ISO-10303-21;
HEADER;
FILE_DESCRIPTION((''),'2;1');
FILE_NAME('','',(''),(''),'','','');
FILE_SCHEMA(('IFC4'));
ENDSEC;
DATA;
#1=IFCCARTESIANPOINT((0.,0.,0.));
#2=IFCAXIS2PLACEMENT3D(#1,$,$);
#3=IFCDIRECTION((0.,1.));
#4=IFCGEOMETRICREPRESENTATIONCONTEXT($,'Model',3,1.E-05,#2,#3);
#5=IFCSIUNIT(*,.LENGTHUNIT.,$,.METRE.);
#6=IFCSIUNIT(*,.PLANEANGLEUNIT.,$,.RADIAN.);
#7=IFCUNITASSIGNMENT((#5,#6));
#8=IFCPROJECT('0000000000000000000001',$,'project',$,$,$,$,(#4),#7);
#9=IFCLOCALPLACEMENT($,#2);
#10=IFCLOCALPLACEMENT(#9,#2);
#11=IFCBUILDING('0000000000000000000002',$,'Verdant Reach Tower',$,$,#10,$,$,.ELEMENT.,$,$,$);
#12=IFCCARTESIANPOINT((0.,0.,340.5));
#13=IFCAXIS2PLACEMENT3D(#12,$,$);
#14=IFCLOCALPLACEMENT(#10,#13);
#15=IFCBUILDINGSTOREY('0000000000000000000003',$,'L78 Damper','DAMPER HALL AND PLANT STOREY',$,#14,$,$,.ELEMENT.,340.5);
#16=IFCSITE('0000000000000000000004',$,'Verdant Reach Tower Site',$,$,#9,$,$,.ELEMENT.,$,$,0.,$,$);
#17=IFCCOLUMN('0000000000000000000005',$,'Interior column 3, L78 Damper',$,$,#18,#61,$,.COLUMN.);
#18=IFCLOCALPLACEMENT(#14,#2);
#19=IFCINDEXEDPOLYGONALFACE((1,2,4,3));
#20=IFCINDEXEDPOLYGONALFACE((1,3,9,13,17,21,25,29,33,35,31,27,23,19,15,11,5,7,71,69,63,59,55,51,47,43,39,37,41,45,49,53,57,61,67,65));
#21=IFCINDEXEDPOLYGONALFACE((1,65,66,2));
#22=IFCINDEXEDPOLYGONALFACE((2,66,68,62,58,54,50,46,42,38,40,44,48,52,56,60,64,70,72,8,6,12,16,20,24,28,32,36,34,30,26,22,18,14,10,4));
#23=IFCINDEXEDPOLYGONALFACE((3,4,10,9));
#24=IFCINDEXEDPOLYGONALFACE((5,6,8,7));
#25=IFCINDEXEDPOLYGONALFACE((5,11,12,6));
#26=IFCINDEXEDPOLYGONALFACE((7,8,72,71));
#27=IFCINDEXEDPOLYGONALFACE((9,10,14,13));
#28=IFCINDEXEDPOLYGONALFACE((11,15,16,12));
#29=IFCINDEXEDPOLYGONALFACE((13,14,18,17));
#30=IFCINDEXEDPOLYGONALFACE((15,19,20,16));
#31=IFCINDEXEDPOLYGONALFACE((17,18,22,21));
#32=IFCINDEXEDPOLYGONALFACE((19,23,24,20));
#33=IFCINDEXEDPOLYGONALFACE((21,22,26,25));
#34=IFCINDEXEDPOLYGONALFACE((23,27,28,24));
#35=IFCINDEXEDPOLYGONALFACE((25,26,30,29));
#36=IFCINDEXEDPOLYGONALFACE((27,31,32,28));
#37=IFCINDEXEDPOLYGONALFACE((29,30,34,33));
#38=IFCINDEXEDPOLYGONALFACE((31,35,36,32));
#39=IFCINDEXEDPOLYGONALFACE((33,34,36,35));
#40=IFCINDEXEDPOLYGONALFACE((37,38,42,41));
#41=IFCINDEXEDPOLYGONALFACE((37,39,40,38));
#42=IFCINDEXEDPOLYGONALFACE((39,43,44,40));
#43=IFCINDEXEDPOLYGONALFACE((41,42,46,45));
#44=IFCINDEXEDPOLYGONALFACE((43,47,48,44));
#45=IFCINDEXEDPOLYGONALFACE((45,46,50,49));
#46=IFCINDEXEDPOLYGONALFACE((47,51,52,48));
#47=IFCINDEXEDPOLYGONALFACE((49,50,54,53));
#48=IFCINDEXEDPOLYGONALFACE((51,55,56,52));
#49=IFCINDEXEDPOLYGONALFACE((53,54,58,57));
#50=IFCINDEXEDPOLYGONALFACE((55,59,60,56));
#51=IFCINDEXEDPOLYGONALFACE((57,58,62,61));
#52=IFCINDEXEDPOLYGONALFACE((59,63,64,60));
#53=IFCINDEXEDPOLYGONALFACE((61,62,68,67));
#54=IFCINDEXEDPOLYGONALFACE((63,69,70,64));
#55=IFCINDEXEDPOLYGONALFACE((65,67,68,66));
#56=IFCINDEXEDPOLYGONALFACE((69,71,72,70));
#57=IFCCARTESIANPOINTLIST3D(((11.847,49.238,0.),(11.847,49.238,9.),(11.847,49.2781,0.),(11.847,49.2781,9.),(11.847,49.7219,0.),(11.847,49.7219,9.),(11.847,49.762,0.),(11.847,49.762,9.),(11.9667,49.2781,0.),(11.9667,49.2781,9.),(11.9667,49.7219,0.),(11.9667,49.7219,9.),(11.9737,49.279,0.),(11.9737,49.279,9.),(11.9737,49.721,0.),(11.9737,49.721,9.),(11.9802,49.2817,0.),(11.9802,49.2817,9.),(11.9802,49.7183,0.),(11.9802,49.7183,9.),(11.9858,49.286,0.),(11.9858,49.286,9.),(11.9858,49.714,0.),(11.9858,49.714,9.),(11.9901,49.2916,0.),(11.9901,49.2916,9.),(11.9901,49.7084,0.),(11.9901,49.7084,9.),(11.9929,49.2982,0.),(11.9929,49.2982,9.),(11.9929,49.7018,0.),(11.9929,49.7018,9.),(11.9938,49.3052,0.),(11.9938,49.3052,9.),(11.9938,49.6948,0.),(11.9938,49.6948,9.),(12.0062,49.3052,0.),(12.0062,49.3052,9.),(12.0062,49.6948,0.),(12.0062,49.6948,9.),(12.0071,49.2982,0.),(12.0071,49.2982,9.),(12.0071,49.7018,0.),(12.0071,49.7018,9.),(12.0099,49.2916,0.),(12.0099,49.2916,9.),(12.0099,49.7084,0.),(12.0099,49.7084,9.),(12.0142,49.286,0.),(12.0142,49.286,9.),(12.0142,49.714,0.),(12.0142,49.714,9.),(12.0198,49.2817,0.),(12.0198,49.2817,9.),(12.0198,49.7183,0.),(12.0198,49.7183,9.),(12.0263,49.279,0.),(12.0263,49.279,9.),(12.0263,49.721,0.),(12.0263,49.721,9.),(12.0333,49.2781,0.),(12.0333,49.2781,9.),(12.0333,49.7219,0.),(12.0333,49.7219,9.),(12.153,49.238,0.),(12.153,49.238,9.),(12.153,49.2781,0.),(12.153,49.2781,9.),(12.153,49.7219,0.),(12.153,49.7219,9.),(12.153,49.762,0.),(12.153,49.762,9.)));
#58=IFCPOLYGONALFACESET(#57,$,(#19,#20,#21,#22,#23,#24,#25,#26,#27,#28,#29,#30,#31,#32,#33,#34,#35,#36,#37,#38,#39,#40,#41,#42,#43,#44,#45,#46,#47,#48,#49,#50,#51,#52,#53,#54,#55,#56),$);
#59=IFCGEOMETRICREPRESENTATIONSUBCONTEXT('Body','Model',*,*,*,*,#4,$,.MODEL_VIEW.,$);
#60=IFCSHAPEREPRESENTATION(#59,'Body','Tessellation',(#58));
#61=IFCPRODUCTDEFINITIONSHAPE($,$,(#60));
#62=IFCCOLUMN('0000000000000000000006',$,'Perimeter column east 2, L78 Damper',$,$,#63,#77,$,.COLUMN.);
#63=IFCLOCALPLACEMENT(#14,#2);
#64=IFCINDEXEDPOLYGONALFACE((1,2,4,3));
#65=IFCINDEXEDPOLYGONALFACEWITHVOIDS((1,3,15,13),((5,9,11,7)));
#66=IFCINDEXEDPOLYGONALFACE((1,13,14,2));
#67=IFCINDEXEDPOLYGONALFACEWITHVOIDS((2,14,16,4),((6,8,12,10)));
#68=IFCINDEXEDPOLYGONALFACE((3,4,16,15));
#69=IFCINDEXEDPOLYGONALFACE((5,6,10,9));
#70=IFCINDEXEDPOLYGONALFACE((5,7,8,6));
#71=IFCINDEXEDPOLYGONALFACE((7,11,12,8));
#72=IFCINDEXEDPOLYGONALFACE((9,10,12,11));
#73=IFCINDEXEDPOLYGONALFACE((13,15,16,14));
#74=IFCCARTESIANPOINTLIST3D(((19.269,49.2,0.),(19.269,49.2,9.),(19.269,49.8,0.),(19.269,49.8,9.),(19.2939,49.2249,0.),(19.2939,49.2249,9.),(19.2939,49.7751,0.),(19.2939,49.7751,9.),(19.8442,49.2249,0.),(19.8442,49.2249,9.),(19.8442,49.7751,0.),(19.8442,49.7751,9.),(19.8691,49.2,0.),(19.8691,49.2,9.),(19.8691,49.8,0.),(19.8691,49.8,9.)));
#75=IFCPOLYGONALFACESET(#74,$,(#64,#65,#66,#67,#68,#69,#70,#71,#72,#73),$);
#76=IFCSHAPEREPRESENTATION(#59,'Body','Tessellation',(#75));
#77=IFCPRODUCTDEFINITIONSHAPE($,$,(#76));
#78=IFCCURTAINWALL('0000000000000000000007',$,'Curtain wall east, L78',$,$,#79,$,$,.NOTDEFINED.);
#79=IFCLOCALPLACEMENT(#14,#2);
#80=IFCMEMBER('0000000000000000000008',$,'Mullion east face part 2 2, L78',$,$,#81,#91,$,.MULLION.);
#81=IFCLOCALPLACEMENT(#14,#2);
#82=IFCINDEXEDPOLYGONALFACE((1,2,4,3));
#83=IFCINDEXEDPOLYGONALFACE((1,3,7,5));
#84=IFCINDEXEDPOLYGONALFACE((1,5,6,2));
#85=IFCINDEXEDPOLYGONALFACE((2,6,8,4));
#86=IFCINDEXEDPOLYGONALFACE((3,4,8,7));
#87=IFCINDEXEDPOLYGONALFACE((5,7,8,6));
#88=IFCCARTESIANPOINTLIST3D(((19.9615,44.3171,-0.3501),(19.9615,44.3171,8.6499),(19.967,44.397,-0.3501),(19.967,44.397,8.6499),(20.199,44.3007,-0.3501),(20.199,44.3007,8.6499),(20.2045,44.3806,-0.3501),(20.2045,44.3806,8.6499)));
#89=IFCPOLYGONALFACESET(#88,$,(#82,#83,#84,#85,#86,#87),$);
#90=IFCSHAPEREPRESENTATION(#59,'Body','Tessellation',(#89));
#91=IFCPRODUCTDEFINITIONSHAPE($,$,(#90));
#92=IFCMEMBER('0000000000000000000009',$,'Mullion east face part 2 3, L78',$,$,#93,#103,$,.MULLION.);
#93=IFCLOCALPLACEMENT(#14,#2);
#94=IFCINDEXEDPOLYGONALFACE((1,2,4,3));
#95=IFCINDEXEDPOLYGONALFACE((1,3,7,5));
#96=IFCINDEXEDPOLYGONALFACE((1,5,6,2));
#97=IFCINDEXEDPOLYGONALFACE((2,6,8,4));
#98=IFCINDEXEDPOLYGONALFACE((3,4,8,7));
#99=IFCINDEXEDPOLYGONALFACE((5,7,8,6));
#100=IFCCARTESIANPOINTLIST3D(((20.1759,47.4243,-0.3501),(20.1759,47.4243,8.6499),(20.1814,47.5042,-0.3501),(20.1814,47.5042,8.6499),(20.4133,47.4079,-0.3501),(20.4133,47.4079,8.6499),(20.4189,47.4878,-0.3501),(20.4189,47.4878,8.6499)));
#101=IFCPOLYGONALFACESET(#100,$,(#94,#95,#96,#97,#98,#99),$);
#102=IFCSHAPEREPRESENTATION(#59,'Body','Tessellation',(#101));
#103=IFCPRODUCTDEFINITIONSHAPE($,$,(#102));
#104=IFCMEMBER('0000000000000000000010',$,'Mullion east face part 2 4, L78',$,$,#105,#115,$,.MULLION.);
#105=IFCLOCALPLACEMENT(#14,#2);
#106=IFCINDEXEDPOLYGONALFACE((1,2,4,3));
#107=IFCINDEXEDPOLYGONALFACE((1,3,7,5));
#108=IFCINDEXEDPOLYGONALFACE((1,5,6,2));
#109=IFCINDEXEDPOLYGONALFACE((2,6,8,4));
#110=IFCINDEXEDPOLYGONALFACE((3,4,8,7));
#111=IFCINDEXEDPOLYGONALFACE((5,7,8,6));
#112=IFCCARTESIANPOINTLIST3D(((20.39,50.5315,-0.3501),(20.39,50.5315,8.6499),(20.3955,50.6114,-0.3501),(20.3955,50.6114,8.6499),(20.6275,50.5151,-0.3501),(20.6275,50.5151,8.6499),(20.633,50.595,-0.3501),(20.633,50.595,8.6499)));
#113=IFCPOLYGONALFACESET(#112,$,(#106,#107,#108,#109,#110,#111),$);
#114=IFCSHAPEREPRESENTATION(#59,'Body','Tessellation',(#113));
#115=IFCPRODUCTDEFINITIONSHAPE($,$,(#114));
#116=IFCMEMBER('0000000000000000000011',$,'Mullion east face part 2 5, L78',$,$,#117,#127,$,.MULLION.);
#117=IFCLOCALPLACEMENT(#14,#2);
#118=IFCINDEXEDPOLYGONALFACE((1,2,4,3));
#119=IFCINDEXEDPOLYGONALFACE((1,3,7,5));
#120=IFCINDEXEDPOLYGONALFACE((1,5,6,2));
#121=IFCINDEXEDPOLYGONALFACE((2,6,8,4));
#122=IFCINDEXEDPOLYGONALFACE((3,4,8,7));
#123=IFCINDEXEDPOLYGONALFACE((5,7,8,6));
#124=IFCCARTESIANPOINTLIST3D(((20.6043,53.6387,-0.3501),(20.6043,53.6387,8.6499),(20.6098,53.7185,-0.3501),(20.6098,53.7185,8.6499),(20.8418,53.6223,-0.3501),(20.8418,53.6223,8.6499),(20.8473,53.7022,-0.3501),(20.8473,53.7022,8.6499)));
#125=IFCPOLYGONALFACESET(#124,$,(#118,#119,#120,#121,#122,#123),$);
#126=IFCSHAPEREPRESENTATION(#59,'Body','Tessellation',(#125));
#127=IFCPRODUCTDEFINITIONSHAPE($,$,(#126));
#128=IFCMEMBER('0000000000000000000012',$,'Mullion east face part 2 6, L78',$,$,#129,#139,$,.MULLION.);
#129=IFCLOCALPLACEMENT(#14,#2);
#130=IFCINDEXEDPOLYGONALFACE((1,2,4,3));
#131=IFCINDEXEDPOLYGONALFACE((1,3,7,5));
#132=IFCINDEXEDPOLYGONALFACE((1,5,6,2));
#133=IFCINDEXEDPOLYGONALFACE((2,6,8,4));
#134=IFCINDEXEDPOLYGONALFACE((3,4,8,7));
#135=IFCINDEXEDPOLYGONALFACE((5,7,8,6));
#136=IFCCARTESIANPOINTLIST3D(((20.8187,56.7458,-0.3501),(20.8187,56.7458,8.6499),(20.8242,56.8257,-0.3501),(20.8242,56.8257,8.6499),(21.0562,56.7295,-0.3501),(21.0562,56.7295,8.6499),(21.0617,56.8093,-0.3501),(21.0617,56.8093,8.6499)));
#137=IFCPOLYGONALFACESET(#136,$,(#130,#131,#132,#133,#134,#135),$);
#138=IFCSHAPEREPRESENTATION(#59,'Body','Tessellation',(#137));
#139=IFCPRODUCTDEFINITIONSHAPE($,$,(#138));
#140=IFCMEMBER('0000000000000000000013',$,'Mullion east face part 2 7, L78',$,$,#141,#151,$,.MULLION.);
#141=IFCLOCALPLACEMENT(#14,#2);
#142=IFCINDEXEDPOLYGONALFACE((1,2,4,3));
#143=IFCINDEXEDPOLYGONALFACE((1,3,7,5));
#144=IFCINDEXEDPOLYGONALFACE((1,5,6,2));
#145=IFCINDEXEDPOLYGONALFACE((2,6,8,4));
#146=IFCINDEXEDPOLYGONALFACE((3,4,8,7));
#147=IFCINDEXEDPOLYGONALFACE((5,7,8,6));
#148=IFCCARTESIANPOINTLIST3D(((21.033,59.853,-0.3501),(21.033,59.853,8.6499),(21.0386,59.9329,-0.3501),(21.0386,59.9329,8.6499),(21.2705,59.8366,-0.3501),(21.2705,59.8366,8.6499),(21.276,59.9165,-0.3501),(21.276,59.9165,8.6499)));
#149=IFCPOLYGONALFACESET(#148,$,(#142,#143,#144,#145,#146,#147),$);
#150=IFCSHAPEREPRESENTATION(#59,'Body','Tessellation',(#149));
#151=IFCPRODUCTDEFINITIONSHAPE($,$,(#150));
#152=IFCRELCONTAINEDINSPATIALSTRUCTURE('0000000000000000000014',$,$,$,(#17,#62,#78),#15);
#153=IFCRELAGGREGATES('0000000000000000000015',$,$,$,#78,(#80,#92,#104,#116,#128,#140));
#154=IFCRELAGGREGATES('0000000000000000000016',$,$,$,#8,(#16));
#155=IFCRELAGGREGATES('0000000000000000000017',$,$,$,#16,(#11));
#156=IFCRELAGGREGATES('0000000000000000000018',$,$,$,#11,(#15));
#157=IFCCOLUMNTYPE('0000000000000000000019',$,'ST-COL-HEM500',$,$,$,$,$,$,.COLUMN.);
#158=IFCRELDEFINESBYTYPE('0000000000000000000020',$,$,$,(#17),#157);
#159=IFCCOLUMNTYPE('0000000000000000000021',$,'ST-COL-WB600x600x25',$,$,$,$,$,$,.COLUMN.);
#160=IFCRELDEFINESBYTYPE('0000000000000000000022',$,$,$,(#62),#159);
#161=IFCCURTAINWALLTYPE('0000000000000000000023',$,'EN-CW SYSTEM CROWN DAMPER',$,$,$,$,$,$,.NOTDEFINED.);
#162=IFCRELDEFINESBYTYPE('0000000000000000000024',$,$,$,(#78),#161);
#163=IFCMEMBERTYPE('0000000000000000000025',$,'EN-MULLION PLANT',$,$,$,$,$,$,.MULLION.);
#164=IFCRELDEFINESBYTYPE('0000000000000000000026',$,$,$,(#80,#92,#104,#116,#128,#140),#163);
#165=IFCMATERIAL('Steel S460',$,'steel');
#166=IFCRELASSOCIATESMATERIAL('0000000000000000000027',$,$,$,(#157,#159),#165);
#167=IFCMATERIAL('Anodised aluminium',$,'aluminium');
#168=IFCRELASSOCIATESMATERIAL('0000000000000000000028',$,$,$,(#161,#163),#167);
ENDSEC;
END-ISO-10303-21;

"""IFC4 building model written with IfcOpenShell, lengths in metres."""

from ifc_helpers import new_model, si_unit, direction, frame, origin, origin_2d, place, context, subcontext, project, spatial, rectangle, hollow_rectangle, i_section, extrude, material, material_profile, profile_set, type_object, element, aggregate, save


model = new_model("IFC4")

# Units and contexts
model_context = context("Model", 3, precision=1e-05, world=origin(), true_north=direction((0.0, 1.0)))
body_context = subcontext(model_context, "Body", "Model", "MODEL_VIEW")
ifc_project = project(units=[si_unit("LENGTHUNIT", "METRE"), si_unit("PLANEANGLEUNIT", "RADIAN")], contexts=[model_context])

# Site, building, storey
site_placement = place(None, origin())
site = spatial("IfcSite", under=ifc_project, at=site_placement, Name="Verdant Reach Tower Site", CompositionType="ELEMENT", RefElevation=0.0)
building_placement = place(site_placement, origin())
building = spatial("IfcBuilding", under=site, at=building_placement, Name="Verdant Reach Tower", CompositionType="ELEMENT")
storey_placement = place(building_placement, frame((0.0, 0.0, 340.5)))
storey = spatial("IfcBuildingStorey", under=building, at=storey_placement, Name="L78 Damper", Description="DAMPER HALL AND PLANT STOREY", CompositionType="ELEMENT", Elevation=340.5)

# Columns
ifc_material_1 = material(Name="Steel S460", Category="steel")
ifc_material_profile_1 = material_profile(ifc_material_1, i_section(OverallWidth=0.3059, OverallDepth=0.5239, WebThickness=0.0125, FlangeThickness=0.04, FilletRadius=0.0271, at=origin_2d()), Name="HEM 500")
ifc_profile_set_1 = profile_set([ifc_material_profile_1], Name="Steel S460")
column_type_1 = type_object("IfcColumnType", Name="ST-COL-HEM500", PredefinedType="COLUMN", material=ifc_profile_set_1)
column_1_placement = place(storey_placement, frame((12.0, 49.5, 0.0), z_axis=(0.0, 0.0, 1.0), x_axis=(1.0, 0.0, 0.0)))
element("IfcColumn", 1, at=column_1_placement, inside=storey, type_object=column_type_1, Name="Interior column 3, L78 Damper", PredefinedType="COLUMN", context=body_context, shape_type="SweptSolid", body=[
    extrude(i_section(OverallWidth=0.3059, OverallDepth=0.5239, WebThickness=0.0125, FlangeThickness=0.04, FilletRadius=0.0271, at=origin_2d()), origin(), (0.0, 0.0, 1.0), 9.0),
])
ifc_material_profile_2 = material_profile(ifc_material_1, hollow_rectangle(XDim=0.6001, YDim=0.6001, WallThickness=0.0249, at=origin_2d()), Name="WB 600x600x25")
ifc_profile_set_2 = profile_set([ifc_material_profile_2], Name="Steel S460")
column_type_2 = type_object("IfcColumnType", Name="ST-COL-WB600x600x25", PredefinedType="COLUMN", material=ifc_profile_set_2)
column_2_placement = place(storey_placement, frame((19.5691, 49.5, 0.0), z_axis=(0.0, 0.0, 1.0), x_axis=(1.0, 0.0, 0.0)))
element("IfcColumn", 2, at=column_2_placement, inside=storey, type_object=column_type_2, Name="Perimeter column east 2, L78 Damper", PredefinedType="COLUMN", context=body_context, shape_type="SweptSolid", body=[
    extrude(hollow_rectangle(XDim=0.6001, YDim=0.6001, WallThickness=0.0249, at=origin_2d()), origin(), (0.0, 0.0, 1.0), 9.0),
])

# Curtain wall, members
ifc_material_2 = material(Name="Anodised aluminium", Category="aluminium")
curtain_wall_type = type_object("IfcCurtainWallType", Name="EN-CW SYSTEM CROWN DAMPER", PredefinedType="NOTDEFINED", material=ifc_material_2)
curtain_wall_placement = place(storey_placement, origin())
curtain_wall = element("IfcCurtainWall", 3, at=curtain_wall_placement, inside=storey, type_object=curtain_wall_type, Name="Curtain wall east, L78", PredefinedType="NOTDEFINED")
ifc_material_profile_3 = material_profile(ifc_material_2, rectangle(XDim=0.238, YDim=0.0801, at=origin_2d()), Name="Mullion 80x240")
ifc_profile_set_3 = profile_set([ifc_material_profile_3], Name="Anodised aluminium")
member_type = type_object("IfcMemberType", Name="EN-MULLION PLANT", PredefinedType="MULLION", material=ifc_profile_set_3)
member_1_placement = place(storey_placement, frame((20.083, 44.3489, -0.3501), z_axis=(0.0, 0.0, 1.0), x_axis=(0.99763, -0.068802, 0.0)))
member_1 = element("IfcMember", 4, at=member_1_placement, type_object=member_type, Name="Mullion east face part 2 2, L78", PredefinedType="MULLION", context=body_context, shape_type="SweptSolid", body=[
    extrude(rectangle(XDim=0.238, YDim=0.0801, at=origin_2d()), origin(), (0.0, 0.0, 1.0), 9.0),
])
member_2_placement = place(storey_placement, frame((20.2974, 47.4561, -0.3501), z_axis=(0.0, 0.0, 1.0), x_axis=(0.99763, -0.068802, 0.0)))
member_2 = element("IfcMember", 5, at=member_2_placement, type_object=member_type, Name="Mullion east face part 2 3, L78", PredefinedType="MULLION", context=body_context, shape_type="SweptSolid", body=[
    extrude(rectangle(XDim=0.238, YDim=0.0801, at=origin_2d()), origin(), (0.0, 0.0, 1.0), 9.0),
])
member_3_placement = place(storey_placement, frame((20.5115, 50.5632, -0.3501), z_axis=(0.0, 0.0, 1.0), x_axis=(0.99763, -0.068802, 0.0)))
member_3 = element("IfcMember", 6, at=member_3_placement, type_object=member_type, Name="Mullion east face part 2 4, L78", PredefinedType="MULLION", context=body_context, shape_type="SweptSolid", body=[
    extrude(rectangle(XDim=0.238, YDim=0.0801, at=origin_2d()), origin(), (0.0, 0.0, 1.0), 9.0),
])
member_4_placement = place(storey_placement, frame((20.7258, 53.6704, -0.3501), z_axis=(0.0, 0.0, 1.0), x_axis=(0.99763, -0.068802, 0.0)))
member_4 = element("IfcMember", 7, at=member_4_placement, type_object=member_type, Name="Mullion east face part 2 5, L78", PredefinedType="MULLION", context=body_context, shape_type="SweptSolid", body=[
    extrude(rectangle(XDim=0.238, YDim=0.0801, at=origin_2d()), origin(), (0.0, 0.0, 1.0), 9.0),
])
member_5_placement = place(storey_placement, frame((20.9402, 56.7776, -0.3501), z_axis=(0.0, 0.0, 1.0), x_axis=(0.99763, -0.068802, 0.0)))
member_5 = element("IfcMember", 8, at=member_5_placement, type_object=member_type, Name="Mullion east face part 2 6, L78", PredefinedType="MULLION", context=body_context, shape_type="SweptSolid", body=[
    extrude(rectangle(XDim=0.238, YDim=0.0801, at=origin_2d()), origin(), (0.0, 0.0, 1.0), 9.0),
])
member_6_placement = place(storey_placement, frame((21.1545, 59.8848, -0.3501), z_axis=(0.0, 0.0, 1.0), x_axis=(0.99763, -0.068802, 0.0)))
member_6 = element("IfcMember", 9, at=member_6_placement, type_object=member_type, Name="Mullion east face part 2 7, L78", PredefinedType="MULLION", context=body_context, shape_type="SweptSolid", body=[
    extrude(rectangle(XDim=0.238, YDim=0.0801, at=origin_2d()), origin(), (0.0, 0.0, 1.0), 9.0),
])

aggregate(curtain_wall, [member_1, member_2, member_3, member_4, member_5, member_6])

save(model, "model.ifc")
